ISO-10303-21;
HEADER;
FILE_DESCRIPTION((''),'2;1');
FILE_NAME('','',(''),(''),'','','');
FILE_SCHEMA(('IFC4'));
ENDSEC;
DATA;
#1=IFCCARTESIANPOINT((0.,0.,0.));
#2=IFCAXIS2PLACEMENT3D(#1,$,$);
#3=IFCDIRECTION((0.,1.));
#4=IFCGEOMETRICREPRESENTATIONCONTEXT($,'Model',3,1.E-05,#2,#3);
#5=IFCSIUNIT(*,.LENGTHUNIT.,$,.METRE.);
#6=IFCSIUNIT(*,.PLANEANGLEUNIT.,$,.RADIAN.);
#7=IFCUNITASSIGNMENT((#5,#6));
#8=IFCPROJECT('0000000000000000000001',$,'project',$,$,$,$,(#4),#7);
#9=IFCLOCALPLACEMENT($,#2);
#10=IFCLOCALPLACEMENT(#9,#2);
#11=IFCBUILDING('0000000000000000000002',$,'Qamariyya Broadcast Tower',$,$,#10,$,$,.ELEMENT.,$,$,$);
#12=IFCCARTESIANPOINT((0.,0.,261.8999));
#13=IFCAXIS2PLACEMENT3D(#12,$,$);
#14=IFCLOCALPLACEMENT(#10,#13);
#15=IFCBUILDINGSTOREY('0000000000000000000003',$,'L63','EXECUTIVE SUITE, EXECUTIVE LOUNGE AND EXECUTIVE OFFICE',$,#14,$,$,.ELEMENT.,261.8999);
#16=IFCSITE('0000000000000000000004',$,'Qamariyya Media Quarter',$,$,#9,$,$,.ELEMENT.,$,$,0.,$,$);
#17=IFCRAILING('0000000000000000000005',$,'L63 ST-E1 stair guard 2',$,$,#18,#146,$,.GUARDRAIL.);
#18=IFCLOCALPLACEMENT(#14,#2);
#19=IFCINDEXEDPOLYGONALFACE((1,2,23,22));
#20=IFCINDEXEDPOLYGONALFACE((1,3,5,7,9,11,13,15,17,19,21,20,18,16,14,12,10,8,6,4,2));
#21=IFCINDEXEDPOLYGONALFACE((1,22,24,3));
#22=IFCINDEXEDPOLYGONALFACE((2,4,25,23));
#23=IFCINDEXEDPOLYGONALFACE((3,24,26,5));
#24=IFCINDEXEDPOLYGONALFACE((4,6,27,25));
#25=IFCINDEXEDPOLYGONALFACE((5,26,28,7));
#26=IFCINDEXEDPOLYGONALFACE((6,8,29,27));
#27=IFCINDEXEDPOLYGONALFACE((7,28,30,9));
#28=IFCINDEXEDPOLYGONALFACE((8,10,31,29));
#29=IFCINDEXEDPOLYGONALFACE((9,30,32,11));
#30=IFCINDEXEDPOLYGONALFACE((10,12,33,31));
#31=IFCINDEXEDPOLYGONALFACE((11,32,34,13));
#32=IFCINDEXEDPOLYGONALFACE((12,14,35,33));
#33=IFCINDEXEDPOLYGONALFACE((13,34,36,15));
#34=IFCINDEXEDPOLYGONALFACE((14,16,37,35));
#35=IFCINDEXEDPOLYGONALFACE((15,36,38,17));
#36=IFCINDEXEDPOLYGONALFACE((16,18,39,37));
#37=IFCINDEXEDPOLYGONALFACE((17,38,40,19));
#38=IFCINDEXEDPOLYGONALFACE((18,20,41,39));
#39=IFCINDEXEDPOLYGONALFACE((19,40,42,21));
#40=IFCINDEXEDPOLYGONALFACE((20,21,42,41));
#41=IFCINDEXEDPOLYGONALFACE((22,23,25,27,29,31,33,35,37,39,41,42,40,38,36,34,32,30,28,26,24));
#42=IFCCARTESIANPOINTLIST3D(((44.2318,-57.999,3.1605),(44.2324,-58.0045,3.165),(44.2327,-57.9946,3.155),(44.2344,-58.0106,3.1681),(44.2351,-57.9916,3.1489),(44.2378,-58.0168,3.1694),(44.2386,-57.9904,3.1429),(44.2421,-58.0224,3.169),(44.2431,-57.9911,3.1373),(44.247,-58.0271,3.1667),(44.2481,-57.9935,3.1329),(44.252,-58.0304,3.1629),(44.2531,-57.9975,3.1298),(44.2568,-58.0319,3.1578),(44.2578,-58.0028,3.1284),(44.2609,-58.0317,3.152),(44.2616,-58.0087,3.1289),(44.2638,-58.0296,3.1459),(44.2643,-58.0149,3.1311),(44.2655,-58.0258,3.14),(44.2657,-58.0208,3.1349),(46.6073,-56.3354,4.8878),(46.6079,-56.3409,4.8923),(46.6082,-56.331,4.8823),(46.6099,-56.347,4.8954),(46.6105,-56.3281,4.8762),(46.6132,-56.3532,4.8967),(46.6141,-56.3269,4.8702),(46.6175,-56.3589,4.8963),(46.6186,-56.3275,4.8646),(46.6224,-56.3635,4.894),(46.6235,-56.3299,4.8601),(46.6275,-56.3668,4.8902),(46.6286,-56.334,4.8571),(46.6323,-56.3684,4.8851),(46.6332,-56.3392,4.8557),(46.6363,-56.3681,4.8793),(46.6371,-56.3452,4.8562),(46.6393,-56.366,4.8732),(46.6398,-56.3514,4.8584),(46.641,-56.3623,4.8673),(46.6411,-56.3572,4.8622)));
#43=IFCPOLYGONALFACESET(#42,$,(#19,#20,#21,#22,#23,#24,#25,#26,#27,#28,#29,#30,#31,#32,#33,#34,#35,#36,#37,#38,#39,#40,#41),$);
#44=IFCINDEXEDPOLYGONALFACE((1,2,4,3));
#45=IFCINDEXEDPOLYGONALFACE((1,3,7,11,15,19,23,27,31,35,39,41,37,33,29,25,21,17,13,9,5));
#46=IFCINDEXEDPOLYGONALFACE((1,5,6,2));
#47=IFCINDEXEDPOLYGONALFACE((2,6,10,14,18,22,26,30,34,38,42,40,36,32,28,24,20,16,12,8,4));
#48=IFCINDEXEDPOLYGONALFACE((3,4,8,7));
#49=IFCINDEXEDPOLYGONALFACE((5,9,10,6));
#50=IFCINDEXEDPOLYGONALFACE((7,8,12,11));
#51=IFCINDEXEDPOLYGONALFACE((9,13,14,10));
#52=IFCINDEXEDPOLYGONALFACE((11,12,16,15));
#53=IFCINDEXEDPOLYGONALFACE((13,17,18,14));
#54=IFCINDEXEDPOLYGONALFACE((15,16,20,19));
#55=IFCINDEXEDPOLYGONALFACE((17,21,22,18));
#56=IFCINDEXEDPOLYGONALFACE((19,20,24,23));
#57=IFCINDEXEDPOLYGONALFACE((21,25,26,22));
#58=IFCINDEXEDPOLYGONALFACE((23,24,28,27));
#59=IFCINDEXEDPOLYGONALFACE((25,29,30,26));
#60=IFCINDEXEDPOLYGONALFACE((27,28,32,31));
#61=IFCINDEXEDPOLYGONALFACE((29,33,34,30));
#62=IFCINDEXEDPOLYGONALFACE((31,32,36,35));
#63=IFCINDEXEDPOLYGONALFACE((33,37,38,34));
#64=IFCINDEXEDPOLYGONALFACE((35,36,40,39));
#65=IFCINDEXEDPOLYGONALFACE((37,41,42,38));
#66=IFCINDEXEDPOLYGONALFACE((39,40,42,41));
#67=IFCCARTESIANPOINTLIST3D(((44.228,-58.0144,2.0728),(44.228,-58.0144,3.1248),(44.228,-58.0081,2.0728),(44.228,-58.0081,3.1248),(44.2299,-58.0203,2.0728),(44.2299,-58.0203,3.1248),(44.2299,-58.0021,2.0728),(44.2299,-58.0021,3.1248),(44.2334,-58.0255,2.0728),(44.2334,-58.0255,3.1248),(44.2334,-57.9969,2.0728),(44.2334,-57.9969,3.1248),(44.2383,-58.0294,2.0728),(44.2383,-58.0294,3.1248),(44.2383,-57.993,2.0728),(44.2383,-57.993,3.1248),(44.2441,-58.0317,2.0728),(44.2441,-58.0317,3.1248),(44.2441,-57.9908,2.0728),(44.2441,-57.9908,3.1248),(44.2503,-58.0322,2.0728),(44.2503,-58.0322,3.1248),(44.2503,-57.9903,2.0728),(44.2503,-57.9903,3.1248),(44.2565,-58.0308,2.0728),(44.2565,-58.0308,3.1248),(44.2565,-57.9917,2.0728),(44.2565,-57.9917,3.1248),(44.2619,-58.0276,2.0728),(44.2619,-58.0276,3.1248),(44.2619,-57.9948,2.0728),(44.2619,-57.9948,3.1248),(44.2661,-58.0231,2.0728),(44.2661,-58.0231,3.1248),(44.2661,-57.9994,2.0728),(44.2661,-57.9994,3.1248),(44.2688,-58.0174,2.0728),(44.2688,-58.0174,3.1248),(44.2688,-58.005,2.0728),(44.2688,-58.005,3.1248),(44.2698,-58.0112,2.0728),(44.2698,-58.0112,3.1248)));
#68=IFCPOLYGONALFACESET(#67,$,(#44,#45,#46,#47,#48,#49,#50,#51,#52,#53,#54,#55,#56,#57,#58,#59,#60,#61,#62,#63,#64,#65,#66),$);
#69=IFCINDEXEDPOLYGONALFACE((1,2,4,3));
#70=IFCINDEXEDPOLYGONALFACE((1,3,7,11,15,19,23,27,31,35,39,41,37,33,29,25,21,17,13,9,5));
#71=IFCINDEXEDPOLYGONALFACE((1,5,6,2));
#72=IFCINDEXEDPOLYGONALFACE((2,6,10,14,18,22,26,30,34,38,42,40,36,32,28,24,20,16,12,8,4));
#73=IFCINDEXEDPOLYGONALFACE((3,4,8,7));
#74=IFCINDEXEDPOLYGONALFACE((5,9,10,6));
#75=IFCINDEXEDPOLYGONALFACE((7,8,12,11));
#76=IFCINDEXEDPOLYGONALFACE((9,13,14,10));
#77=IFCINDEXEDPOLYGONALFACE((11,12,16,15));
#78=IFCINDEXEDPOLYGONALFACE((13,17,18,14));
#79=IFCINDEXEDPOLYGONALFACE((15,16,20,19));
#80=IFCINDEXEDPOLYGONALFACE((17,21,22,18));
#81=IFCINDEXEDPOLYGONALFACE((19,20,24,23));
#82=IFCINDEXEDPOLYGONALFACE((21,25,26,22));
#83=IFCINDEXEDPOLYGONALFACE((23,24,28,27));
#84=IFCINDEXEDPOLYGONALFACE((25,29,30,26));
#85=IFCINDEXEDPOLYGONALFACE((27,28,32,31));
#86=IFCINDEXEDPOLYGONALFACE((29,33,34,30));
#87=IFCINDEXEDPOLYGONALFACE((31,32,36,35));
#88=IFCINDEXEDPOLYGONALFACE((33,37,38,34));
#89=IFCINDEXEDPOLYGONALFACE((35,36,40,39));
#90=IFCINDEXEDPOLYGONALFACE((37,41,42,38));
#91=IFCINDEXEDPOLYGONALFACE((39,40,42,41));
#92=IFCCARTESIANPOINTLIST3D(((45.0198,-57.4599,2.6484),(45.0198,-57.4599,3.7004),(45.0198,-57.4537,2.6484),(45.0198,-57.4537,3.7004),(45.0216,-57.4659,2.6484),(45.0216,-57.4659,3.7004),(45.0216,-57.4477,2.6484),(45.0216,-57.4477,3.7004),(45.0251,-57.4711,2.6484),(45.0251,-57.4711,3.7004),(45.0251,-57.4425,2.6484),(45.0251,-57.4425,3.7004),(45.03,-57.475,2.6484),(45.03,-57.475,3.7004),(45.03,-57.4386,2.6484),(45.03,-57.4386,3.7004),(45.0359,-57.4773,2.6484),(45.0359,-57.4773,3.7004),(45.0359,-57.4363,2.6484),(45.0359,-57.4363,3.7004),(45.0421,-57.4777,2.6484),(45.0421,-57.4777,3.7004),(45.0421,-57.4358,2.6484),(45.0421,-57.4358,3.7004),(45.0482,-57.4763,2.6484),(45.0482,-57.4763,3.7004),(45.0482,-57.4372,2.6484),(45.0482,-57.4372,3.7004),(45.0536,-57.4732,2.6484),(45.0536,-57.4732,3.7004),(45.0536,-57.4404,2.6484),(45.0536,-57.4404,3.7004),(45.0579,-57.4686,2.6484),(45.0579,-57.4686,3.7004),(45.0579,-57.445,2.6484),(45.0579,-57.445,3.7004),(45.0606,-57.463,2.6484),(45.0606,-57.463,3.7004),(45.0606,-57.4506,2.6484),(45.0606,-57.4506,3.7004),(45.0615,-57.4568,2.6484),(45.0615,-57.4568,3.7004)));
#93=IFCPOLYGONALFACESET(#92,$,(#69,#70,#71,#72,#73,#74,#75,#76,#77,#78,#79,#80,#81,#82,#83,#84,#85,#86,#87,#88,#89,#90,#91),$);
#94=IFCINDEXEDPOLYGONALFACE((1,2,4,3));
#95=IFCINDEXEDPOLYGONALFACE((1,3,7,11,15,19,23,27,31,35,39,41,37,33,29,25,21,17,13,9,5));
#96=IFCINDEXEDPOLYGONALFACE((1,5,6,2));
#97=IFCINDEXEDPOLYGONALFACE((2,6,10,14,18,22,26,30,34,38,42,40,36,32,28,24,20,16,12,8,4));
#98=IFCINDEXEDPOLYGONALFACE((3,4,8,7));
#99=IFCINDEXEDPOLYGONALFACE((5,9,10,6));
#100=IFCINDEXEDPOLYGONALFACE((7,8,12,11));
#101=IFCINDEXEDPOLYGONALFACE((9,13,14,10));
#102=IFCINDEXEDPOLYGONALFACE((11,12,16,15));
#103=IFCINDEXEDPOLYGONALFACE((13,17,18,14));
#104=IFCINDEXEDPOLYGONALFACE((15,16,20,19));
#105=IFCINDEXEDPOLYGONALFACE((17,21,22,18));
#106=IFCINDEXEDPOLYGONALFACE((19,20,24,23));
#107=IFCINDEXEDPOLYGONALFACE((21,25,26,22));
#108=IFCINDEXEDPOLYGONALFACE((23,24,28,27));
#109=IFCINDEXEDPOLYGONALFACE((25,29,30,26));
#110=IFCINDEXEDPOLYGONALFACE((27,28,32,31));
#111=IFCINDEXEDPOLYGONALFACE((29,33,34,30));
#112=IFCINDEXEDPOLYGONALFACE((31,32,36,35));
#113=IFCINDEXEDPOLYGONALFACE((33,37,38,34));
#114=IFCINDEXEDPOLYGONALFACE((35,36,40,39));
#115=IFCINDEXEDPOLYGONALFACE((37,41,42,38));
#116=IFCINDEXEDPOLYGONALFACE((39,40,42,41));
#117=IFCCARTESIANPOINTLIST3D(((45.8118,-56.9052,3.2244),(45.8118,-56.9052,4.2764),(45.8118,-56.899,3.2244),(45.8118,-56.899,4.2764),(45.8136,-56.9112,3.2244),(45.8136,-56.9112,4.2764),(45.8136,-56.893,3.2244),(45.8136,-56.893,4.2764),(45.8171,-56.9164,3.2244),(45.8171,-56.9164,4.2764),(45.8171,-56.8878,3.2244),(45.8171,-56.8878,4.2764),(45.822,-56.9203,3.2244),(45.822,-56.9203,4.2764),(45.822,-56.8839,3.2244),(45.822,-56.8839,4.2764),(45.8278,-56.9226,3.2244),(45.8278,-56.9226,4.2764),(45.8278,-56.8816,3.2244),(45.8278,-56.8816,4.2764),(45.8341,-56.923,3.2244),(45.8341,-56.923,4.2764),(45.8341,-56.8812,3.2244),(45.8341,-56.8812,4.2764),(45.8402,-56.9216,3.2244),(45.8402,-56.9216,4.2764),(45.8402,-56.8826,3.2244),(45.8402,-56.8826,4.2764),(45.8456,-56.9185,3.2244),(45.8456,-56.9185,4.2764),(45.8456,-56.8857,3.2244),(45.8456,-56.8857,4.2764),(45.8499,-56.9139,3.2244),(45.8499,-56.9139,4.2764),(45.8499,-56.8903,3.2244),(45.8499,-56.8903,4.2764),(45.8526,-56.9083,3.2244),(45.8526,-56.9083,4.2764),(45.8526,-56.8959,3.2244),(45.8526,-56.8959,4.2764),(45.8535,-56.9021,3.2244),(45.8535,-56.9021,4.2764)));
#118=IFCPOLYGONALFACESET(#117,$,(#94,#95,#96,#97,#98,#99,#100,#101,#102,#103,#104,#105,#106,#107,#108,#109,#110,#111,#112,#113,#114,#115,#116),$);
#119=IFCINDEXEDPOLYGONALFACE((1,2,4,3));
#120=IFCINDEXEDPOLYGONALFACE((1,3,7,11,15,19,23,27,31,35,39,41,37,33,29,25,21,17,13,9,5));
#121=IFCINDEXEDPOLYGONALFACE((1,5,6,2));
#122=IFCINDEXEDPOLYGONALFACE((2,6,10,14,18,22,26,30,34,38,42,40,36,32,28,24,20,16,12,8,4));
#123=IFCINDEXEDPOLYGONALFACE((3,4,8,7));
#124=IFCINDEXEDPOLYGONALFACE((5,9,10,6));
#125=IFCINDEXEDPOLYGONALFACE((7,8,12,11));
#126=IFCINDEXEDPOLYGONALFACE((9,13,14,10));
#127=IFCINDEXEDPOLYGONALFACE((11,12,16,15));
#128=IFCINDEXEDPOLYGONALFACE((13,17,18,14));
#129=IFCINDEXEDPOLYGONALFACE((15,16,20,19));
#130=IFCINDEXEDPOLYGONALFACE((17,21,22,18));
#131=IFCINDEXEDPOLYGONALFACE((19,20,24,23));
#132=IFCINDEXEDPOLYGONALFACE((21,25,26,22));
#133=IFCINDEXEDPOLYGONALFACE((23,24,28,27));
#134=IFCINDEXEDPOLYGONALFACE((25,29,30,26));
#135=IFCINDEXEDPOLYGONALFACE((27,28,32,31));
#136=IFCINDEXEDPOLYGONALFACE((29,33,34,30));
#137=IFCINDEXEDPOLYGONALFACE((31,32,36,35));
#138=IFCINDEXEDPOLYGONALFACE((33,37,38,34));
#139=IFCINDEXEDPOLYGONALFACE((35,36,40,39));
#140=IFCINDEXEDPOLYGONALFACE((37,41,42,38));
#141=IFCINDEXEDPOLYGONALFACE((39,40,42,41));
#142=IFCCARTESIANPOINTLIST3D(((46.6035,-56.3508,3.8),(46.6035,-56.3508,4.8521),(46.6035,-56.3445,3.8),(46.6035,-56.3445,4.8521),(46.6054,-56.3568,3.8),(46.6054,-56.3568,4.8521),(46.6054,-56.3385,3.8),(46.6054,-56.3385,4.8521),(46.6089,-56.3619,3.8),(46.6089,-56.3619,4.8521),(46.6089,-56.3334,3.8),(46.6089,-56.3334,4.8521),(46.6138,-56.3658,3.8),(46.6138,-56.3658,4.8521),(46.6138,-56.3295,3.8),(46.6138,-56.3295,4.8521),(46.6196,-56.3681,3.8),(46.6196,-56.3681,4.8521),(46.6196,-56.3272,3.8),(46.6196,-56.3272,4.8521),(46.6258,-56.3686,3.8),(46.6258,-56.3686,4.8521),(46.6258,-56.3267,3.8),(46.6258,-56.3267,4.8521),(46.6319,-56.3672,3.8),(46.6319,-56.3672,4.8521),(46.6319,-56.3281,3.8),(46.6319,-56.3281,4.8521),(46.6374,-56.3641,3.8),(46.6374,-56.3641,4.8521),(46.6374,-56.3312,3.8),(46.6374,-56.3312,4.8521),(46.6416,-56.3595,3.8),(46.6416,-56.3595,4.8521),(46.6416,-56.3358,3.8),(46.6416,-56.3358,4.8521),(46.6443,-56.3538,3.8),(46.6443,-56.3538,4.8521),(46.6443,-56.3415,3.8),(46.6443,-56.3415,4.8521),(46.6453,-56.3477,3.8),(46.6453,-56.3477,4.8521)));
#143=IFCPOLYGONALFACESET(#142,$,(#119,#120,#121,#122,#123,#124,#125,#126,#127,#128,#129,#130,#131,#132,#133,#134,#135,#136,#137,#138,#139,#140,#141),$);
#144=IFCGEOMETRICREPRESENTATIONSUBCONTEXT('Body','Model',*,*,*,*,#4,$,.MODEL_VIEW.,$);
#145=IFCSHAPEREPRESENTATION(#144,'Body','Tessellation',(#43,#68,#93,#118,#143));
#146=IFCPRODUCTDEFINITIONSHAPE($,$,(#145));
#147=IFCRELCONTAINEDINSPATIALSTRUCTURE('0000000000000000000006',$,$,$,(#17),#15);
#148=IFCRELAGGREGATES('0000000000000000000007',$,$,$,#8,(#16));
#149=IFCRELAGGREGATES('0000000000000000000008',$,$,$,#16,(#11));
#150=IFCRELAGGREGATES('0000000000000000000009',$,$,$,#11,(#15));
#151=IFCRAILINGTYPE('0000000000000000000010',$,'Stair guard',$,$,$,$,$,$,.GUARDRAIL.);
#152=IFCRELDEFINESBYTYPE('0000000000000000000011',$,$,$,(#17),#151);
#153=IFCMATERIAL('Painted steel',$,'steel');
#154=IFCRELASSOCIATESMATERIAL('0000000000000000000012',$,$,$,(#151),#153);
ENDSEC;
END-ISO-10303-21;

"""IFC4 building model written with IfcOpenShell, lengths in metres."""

from ifc_helpers import new_model, si_unit, direction, frame, origin, origin_2d, place, context, subcontext, project, spatial, circle, extrude, material, type_object, element, save


model = new_model("IFC4")

# Units and contexts
model_context = context("Model", 3, precision=1e-05, world=origin(), true_north=direction((0.0, 1.0)))
body_context = subcontext(model_context, "Body", "Model", "MODEL_VIEW")
ifc_project = project(units=[si_unit("LENGTHUNIT", "METRE"), si_unit("PLANEANGLEUNIT", "RADIAN")], contexts=[model_context])

# Site, building, storey
site_placement = place(None, origin())
site = spatial("IfcSite", under=ifc_project, at=site_placement, Name="Qamariyya Media Quarter", CompositionType="ELEMENT", RefElevation=0.0)
building_placement = place(site_placement, origin())
building = spatial("IfcBuilding", under=site, at=building_placement, Name="Qamariyya Broadcast Tower", CompositionType="ELEMENT")
storey_placement = place(building_placement, frame((0.0, 0.0, 261.8999)))
storey = spatial("IfcBuildingStorey", under=building, at=storey_placement, Name="L63", Description="EXECUTIVE SUITE, EXECUTIVE LOUNGE AND EXECUTIVE OFFICE", CompositionType="ELEMENT", Elevation=261.8999)

# Railing
ifc_material_1 = material(Name="Painted steel", Category="steel")
railing_type_1 = type_object("IfcRailingType", Name="Stair guard", PredefinedType="GUARDRAIL", material=ifc_material_1)
railing_1_placement = place(storey_placement, frame((44.2488, -58.0112, 2.0728)))
element("IfcRailing", 1, at=railing_1_placement, inside=storey, type_object=railing_type_1, Name="L63 ST-E1 stair guard 2", PredefinedType="GUARDRAIL", context=body_context, shape_type="SweptSolid", body=[
    extrude(circle(Radius=0.0239, at=origin_2d()), frame((0.0, 0.0, 1.0762), z_axis=(0.703745, 0.492838, 0.511716), x_axis=(-0.573632, 0.819113, 0.0)), (0.0, 0.0, 1.0), 3.3755),
    extrude(circle(Radius=0.021, at=origin_2d()), origin(), (0.0, 0.0, 1.0), 1.052),
    extrude(circle(Radius=0.021, at=origin_2d()), frame((0.7917, 0.5544, 0.5757)), (0.0, 0.0, 1.0), 1.052),
    extrude(circle(Radius=0.021, at=origin_2d()), frame((1.5837, 1.1091, 1.1516)), (0.0, 0.0, 1.0), 1.052),
    extrude(circle(Radius=0.021, at=origin_2d()), frame((2.3755, 1.6636, 1.7273)), (0.0, 0.0, 1.0), 1.052),
])

save(model, "model.ifc")
